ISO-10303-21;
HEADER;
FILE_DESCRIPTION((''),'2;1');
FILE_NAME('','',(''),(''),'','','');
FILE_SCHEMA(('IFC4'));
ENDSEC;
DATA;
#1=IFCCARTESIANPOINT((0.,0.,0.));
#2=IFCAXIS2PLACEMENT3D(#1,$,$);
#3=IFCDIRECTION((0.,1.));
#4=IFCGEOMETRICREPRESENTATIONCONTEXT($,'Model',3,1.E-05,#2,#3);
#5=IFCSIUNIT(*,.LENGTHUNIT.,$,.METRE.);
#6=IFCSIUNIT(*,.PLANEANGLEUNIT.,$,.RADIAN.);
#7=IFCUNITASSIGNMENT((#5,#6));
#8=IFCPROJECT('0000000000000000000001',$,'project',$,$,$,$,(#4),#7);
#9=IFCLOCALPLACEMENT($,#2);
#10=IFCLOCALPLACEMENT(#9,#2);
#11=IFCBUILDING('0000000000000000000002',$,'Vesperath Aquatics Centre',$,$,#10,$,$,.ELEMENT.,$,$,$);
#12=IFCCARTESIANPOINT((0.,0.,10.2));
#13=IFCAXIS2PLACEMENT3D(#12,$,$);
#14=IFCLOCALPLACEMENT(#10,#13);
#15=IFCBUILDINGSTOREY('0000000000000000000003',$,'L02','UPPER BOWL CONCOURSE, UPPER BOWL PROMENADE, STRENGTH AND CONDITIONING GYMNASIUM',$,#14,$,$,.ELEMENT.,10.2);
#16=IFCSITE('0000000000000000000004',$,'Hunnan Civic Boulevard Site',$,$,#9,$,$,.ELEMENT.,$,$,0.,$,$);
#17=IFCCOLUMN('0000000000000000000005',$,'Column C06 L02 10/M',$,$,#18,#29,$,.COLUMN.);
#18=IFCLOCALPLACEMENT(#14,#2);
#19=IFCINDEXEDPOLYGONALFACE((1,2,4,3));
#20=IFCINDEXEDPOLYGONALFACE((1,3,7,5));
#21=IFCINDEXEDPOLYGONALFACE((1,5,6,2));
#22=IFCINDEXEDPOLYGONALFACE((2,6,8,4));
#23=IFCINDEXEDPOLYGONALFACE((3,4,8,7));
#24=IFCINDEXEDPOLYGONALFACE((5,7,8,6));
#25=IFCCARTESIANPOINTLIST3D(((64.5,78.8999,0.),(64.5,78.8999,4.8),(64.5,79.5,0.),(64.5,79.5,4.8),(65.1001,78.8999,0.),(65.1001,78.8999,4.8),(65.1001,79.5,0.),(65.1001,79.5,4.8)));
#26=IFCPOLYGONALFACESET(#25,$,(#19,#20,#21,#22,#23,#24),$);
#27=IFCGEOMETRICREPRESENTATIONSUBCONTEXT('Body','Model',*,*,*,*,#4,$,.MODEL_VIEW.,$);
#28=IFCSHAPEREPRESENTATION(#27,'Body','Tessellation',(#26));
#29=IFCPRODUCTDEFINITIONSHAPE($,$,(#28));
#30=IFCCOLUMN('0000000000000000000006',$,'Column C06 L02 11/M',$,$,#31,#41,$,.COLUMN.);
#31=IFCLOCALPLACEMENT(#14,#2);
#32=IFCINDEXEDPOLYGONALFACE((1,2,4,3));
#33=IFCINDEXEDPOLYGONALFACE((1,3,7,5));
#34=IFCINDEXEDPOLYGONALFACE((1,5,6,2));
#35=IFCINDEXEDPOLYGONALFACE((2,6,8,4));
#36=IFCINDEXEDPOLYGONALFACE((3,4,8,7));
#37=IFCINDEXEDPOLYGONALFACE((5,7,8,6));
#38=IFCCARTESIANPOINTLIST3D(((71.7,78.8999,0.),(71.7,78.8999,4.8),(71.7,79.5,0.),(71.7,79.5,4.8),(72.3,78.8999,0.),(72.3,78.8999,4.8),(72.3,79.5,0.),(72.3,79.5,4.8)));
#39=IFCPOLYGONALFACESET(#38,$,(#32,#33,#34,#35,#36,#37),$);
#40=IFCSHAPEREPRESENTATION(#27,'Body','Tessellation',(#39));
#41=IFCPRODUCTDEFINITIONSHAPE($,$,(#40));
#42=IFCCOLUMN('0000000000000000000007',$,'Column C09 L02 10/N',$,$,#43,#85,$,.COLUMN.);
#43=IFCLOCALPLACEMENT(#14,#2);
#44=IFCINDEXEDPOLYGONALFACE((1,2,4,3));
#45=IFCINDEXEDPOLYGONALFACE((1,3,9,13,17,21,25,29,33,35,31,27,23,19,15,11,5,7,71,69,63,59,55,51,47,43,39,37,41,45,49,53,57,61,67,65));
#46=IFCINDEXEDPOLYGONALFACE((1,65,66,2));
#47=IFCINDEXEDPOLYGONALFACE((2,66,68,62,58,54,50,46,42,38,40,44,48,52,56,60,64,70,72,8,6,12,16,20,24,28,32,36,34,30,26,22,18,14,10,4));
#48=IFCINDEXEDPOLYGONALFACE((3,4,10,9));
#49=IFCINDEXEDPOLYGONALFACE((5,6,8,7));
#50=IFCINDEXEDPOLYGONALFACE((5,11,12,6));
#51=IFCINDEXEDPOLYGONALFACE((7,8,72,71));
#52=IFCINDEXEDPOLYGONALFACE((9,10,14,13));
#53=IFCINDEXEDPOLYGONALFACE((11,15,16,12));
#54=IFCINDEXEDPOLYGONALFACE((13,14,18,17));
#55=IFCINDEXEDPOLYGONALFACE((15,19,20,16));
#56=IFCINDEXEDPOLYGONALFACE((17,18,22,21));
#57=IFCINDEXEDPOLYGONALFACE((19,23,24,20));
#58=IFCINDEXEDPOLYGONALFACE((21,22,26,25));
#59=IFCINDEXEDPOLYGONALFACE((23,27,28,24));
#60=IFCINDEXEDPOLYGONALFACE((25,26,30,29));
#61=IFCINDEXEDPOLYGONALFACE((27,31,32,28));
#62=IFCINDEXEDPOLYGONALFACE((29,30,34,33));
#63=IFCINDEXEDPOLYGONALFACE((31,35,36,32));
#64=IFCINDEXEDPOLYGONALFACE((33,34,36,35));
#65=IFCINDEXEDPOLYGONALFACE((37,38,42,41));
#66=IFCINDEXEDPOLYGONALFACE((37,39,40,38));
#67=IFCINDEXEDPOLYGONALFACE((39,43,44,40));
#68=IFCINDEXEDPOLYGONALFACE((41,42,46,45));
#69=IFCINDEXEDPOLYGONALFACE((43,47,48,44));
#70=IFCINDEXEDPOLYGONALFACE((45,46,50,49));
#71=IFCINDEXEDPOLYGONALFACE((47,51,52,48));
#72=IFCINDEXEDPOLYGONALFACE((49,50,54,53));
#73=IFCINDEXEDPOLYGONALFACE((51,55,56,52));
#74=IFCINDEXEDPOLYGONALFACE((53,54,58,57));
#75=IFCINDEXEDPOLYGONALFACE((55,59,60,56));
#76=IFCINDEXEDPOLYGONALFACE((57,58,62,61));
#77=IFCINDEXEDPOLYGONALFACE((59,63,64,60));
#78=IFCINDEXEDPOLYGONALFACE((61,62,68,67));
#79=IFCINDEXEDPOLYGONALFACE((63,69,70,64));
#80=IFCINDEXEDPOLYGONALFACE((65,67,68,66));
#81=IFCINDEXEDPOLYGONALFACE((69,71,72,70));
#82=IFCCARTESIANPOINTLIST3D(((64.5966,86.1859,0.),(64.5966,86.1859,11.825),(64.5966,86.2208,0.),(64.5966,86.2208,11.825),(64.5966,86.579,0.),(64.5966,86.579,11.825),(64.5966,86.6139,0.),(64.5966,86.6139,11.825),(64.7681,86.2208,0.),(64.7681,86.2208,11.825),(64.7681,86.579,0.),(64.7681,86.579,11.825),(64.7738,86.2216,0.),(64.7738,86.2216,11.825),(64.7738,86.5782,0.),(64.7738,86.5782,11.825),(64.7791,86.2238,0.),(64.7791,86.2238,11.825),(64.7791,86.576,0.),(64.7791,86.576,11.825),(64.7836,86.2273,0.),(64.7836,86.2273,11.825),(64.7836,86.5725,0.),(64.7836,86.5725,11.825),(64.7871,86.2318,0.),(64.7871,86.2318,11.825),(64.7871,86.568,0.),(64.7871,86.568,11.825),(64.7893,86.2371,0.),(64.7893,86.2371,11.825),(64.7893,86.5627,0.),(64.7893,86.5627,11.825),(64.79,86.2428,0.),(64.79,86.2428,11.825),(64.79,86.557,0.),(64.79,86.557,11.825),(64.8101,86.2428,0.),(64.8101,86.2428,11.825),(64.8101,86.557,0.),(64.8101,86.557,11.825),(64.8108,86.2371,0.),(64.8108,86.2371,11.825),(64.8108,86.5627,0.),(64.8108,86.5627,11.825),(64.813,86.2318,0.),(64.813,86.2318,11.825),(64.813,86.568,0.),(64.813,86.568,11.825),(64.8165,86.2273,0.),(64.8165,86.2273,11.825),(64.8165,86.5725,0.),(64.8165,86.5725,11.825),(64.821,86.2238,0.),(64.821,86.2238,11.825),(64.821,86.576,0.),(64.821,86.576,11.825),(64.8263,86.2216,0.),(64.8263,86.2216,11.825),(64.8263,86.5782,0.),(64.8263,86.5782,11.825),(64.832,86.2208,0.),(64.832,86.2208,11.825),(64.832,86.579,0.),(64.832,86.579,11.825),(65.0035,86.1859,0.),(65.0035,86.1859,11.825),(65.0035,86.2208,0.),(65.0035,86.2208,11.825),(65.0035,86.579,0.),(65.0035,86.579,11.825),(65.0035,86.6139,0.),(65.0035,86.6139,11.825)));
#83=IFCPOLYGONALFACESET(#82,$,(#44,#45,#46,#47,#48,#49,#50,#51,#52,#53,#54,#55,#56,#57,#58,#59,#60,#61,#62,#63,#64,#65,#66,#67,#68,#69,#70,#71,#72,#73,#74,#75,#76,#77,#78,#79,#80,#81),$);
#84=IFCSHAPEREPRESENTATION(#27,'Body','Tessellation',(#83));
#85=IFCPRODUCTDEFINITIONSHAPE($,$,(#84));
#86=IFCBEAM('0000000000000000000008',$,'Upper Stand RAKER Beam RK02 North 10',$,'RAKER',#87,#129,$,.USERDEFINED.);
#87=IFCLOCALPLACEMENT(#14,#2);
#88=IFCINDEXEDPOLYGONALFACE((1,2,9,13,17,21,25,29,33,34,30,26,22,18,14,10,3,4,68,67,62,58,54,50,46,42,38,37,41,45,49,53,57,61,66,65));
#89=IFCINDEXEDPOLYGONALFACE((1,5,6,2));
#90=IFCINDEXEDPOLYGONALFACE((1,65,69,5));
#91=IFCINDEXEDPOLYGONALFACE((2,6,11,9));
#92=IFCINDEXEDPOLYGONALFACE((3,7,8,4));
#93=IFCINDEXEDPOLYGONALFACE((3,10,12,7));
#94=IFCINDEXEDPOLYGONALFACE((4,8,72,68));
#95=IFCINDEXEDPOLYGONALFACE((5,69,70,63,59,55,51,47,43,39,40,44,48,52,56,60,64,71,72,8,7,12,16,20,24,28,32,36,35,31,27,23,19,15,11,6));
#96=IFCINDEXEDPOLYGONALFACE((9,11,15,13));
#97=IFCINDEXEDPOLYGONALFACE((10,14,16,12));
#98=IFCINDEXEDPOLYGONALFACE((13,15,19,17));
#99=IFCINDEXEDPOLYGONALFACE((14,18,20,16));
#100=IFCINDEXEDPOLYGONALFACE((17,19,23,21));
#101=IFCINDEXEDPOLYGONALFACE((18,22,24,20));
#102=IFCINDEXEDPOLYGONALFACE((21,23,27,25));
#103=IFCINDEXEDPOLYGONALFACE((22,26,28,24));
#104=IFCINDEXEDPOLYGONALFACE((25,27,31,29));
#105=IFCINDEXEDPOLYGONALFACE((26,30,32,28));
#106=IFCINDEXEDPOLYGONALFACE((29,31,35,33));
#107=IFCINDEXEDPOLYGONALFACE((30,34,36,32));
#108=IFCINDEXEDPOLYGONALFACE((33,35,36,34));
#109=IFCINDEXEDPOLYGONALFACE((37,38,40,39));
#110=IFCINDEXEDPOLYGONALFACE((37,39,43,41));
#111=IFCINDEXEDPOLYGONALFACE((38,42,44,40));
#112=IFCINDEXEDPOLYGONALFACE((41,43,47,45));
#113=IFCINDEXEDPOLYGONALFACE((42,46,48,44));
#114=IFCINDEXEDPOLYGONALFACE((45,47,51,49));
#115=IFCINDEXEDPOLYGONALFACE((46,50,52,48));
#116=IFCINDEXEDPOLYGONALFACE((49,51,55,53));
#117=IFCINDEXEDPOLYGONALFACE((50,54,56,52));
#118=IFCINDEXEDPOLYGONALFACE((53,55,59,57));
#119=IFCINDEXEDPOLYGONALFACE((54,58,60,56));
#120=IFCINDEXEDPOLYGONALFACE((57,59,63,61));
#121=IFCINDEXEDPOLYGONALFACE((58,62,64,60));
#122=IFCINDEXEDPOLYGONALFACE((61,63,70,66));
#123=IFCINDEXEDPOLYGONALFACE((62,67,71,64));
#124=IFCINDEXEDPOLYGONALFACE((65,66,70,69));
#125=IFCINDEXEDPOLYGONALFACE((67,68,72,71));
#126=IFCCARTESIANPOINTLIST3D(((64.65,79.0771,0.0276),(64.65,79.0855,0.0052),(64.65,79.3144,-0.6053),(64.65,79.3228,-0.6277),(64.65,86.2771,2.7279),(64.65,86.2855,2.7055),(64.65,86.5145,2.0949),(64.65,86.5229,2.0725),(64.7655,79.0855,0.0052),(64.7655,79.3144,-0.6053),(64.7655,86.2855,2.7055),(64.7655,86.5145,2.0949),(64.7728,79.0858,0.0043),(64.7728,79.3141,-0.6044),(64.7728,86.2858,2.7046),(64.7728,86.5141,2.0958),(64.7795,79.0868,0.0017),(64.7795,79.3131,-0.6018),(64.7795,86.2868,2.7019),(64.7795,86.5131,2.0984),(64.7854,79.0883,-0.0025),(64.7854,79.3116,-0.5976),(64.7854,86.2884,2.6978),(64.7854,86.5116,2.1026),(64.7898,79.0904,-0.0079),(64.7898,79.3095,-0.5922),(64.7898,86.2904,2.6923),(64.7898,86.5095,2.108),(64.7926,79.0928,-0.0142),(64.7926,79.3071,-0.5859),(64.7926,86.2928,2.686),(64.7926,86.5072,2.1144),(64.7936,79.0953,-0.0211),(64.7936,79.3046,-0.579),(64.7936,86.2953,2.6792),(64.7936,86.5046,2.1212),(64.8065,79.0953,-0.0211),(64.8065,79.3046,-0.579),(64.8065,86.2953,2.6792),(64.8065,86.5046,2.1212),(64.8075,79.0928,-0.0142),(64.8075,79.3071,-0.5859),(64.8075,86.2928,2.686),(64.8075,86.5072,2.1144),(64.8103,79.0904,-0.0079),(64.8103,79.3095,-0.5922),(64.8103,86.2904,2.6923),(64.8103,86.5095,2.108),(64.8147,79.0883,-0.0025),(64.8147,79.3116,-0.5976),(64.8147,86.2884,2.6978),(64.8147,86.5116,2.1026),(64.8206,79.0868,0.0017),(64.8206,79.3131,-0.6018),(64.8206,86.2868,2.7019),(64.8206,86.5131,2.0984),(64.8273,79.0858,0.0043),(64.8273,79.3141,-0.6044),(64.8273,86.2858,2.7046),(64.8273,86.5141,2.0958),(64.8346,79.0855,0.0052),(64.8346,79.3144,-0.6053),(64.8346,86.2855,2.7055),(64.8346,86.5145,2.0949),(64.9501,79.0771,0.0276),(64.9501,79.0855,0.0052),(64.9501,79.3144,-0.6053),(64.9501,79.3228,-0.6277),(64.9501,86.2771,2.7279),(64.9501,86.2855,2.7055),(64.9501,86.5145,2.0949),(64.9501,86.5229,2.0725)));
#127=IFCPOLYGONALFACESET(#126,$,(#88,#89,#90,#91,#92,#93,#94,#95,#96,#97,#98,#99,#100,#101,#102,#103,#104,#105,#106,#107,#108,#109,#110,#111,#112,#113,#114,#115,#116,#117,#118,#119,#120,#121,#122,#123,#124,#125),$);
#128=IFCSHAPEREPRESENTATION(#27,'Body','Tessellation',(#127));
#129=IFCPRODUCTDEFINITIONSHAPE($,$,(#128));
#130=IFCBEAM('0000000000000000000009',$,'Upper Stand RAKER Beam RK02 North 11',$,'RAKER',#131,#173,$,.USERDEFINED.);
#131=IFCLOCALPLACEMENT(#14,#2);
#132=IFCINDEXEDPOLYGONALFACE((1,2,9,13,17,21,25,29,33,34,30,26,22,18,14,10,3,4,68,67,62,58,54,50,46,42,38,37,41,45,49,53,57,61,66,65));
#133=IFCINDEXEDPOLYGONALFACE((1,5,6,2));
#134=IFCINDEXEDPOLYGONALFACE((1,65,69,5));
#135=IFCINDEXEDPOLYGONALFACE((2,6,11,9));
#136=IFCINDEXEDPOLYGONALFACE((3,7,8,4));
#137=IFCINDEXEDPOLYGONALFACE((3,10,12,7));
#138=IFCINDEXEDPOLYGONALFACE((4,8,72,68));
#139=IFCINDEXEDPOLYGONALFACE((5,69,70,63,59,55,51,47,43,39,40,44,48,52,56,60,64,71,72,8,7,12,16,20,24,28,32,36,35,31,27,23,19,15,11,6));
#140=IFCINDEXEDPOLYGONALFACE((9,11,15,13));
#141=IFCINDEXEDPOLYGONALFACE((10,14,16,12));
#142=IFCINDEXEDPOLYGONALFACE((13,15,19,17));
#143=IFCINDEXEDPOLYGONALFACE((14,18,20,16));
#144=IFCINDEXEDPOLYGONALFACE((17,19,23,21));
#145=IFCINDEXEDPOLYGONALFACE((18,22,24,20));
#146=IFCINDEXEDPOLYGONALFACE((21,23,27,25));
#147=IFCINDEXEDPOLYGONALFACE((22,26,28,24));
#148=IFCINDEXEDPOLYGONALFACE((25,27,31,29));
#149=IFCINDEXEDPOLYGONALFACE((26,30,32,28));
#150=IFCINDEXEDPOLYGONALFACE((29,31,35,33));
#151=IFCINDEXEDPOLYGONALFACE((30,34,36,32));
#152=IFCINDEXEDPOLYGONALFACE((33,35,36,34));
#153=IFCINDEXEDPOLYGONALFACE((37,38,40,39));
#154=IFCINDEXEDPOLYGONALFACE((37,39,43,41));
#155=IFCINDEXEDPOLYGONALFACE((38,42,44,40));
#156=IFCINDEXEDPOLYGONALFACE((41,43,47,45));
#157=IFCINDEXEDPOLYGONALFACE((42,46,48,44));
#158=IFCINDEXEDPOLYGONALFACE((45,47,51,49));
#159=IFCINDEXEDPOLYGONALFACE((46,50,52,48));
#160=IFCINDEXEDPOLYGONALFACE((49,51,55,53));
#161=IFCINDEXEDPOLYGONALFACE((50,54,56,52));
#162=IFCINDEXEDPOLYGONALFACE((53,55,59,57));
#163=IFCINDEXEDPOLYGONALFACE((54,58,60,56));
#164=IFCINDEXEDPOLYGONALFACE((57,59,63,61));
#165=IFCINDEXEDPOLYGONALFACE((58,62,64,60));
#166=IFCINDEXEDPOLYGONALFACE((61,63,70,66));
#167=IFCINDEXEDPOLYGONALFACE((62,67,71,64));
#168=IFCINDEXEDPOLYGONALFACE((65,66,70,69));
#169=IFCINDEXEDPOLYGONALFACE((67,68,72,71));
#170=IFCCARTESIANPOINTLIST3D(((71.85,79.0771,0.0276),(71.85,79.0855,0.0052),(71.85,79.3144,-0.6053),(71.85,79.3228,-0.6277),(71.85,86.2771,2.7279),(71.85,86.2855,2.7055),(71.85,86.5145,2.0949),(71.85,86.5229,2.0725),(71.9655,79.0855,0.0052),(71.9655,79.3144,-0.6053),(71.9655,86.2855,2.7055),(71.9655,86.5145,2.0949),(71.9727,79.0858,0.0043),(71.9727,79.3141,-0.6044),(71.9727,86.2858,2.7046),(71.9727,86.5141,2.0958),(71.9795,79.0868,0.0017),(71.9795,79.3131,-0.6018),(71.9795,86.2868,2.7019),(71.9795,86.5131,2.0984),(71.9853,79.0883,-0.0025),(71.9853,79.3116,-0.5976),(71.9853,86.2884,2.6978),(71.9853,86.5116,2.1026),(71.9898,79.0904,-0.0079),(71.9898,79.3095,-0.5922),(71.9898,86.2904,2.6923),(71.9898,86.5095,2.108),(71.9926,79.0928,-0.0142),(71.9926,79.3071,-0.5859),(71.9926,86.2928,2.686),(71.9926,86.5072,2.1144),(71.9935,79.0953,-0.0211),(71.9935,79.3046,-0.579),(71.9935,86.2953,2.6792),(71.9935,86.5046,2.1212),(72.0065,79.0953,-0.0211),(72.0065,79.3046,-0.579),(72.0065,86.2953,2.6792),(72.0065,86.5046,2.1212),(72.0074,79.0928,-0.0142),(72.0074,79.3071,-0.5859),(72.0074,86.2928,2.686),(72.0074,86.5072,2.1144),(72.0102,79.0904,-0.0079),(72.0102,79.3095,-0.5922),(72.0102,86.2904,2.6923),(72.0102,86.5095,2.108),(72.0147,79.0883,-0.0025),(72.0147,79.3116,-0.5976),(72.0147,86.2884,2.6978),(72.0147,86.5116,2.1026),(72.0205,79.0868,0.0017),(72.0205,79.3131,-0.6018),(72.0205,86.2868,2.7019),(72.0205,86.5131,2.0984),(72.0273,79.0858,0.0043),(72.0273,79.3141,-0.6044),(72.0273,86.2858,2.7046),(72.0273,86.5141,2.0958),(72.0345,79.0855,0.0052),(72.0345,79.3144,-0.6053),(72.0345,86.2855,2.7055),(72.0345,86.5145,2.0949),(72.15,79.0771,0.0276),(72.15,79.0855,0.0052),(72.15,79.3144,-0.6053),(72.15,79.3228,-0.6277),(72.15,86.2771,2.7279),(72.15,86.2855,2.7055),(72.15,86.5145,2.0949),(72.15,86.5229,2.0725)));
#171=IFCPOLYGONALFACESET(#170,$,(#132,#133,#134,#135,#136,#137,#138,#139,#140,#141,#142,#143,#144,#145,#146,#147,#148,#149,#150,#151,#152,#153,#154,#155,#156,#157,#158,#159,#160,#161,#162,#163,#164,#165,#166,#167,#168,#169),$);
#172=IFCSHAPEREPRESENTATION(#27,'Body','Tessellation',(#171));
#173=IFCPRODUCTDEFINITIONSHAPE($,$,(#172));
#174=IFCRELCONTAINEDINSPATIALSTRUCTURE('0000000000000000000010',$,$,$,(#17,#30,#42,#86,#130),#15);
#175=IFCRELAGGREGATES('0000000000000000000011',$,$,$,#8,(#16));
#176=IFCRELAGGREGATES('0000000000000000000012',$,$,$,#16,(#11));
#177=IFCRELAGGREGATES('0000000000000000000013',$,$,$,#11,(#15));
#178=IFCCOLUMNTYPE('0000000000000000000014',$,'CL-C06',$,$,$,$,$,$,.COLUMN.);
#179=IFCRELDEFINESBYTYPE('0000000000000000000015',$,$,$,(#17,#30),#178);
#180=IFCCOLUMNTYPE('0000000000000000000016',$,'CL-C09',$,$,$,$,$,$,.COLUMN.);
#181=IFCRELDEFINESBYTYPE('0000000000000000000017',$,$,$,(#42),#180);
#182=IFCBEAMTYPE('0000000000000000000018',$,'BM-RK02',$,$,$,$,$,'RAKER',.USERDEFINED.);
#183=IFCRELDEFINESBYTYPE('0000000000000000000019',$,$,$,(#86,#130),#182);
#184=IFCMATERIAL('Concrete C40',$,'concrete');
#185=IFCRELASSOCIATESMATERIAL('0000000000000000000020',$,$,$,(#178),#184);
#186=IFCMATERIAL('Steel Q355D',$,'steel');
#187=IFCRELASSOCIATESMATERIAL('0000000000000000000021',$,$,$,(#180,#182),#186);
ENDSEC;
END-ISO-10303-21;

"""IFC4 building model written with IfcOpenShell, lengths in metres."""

from ifc_helpers import new_model, si_unit, direction, frame, origin, origin_2d, place, context, subcontext, project, spatial, rectangle, i_section, extrude, material, material_profile, profile_set, type_object, element, save


model = new_model("IFC4")

# Units and contexts
model_context = context("Model", 3, precision=1e-05, world=origin(), true_north=direction((0.0, 1.0)))
body_context = subcontext(model_context, "Body", "Model", "MODEL_VIEW")
ifc_project = project(units=[si_unit("LENGTHUNIT", "METRE"), si_unit("PLANEANGLEUNIT", "RADIAN")], contexts=[model_context])

# Site, building, storey
site_placement = place(None, origin())
site = spatial("IfcSite", under=ifc_project, at=site_placement, Name="Hunnan Civic Boulevard Site", CompositionType="ELEMENT", RefElevation=0.0)
building_placement = place(site_placement, origin())
building = spatial("IfcBuilding", under=site, at=building_placement, Name="Vesperath Aquatics Centre", CompositionType="ELEMENT")
storey_placement = place(building_placement, frame((0.0, 0.0, 10.2)))
storey = spatial("IfcBuildingStorey", under=building, at=storey_placement, Name="L02", Description="UPPER BOWL CONCOURSE, UPPER BOWL PROMENADE, STRENGTH AND CONDITIONING GYMNASIUM", CompositionType="ELEMENT", Elevation=10.2)

# Columns
ifc_material_1 = material(Name="Concrete C40", Category="concrete")
ifc_material_profile_1 = material_profile(ifc_material_1, rectangle(XDim=0.6001, YDim=0.6001, at=origin_2d()), Name="RC 600x600")
ifc_profile_set_1 = profile_set([ifc_material_profile_1], Name="Concrete C40")
column_type_1 = type_object("IfcColumnType", Name="CL-C06", PredefinedType="COLUMN", material=ifc_profile_set_1)
for number, where, z_axis, x_axis, name in (
    (1, (64.8, 79.2, 0.0), (0.0, 0.0, 1.0), (1.0, 0.0, 0.0), "Column C06 L02 10/M"),
    (2, (72.0, 79.2, 0.0), (0.0, 0.0, 1.0), (1.0, 0.0, 0.0), "Column C06 L02 11/M"),
):
    element("IfcColumn", number, at=place(storey_placement, frame(where, z_axis=z_axis, x_axis=x_axis)), inside=storey, type_object=column_type_1, Name=name, PredefinedType="COLUMN", context=body_context, shape_type="SweptSolid", body=[
        extrude(rectangle(XDim=0.6001, YDim=0.6001, at=origin_2d()), origin(), (0.0, 0.0, 1.0), 4.8),
    ])
ifc_material_2 = material(Name="Steel Q355D", Category="steel")
ifc_material_profile_2 = material_profile(ifc_material_2, i_section(OverallWidth=0.407, OverallDepth=0.428, WebThickness=0.02, FlangeThickness=0.0349, FilletRadius=0.022, at=origin_2d()), Name="HW 428x407x20x35")
ifc_profile_set_2 = profile_set([ifc_material_profile_2], Name="Steel Q355D")
column_type_2 = type_object("IfcColumnType", Name="CL-C09", PredefinedType="COLUMN", material=ifc_profile_set_2)
column_placement = place(storey_placement, frame((64.8, 86.3999, 0.0), z_axis=(0.0, 0.0, 1.0), x_axis=(1.0, 0.0, 0.0)))
element("IfcColumn", 3, at=column_placement, inside=storey, type_object=column_type_2, Name="Column C09 L02 10/N", PredefinedType="COLUMN", context=body_context, shape_type="SweptSolid", body=[
    extrude(i_section(OverallWidth=0.407, OverallDepth=0.428, WebThickness=0.02, FlangeThickness=0.0349, FilletRadius=0.022, at=origin_2d()), origin(), (0.0, 0.0, 1.0), 11.825),
])

# Beams
ifc_material_profile_3 = material_profile(ifc_material_2, i_section(OverallWidth=0.3, OverallDepth=0.7, WebThickness=0.0129, FlangeThickness=0.0239, FilletRadius=0.0281, at=origin_2d()), Name="HN 700x300x13x24")
ifc_profile_set_3 = profile_set([ifc_material_profile_3], Name="Steel Q355D")
beam_type_1 = type_object("IfcBeamType", Name="BM-RK02", ElementType="RAKER", PredefinedType="USERDEFINED", material=ifc_profile_set_3)
for number, where, z_axis, x_axis, name in (
    (4, (64.8, 79.2, -0.3), (0.0, 0.93632, 0.351148), (-1.0, 0.0, 0.0), "Upper Stand RAKER Beam RK02 North 10"),
    (5, (72.0, 79.2, -0.3), (0.0, 0.93632, 0.351148), (-1.0, 0.0, 0.0), "Upper Stand RAKER Beam RK02 North 11"),
):
    element("IfcBeam", number, at=place(storey_placement, frame(where, z_axis=z_axis, x_axis=x_axis)), inside=storey, type_object=beam_type_1, Name=name, ObjectType="RAKER", PredefinedType="USERDEFINED", context=body_context, shape_type="SweptSolid", body=[
        extrude(i_section(OverallWidth=0.3, OverallDepth=0.7, WebThickness=0.0129, FlangeThickness=0.0239, FilletRadius=0.0281, at=origin_2d()), origin(), (0.0, 0.0, 1.0), 7.6897),
    ])

save(model, "model.ifc")
